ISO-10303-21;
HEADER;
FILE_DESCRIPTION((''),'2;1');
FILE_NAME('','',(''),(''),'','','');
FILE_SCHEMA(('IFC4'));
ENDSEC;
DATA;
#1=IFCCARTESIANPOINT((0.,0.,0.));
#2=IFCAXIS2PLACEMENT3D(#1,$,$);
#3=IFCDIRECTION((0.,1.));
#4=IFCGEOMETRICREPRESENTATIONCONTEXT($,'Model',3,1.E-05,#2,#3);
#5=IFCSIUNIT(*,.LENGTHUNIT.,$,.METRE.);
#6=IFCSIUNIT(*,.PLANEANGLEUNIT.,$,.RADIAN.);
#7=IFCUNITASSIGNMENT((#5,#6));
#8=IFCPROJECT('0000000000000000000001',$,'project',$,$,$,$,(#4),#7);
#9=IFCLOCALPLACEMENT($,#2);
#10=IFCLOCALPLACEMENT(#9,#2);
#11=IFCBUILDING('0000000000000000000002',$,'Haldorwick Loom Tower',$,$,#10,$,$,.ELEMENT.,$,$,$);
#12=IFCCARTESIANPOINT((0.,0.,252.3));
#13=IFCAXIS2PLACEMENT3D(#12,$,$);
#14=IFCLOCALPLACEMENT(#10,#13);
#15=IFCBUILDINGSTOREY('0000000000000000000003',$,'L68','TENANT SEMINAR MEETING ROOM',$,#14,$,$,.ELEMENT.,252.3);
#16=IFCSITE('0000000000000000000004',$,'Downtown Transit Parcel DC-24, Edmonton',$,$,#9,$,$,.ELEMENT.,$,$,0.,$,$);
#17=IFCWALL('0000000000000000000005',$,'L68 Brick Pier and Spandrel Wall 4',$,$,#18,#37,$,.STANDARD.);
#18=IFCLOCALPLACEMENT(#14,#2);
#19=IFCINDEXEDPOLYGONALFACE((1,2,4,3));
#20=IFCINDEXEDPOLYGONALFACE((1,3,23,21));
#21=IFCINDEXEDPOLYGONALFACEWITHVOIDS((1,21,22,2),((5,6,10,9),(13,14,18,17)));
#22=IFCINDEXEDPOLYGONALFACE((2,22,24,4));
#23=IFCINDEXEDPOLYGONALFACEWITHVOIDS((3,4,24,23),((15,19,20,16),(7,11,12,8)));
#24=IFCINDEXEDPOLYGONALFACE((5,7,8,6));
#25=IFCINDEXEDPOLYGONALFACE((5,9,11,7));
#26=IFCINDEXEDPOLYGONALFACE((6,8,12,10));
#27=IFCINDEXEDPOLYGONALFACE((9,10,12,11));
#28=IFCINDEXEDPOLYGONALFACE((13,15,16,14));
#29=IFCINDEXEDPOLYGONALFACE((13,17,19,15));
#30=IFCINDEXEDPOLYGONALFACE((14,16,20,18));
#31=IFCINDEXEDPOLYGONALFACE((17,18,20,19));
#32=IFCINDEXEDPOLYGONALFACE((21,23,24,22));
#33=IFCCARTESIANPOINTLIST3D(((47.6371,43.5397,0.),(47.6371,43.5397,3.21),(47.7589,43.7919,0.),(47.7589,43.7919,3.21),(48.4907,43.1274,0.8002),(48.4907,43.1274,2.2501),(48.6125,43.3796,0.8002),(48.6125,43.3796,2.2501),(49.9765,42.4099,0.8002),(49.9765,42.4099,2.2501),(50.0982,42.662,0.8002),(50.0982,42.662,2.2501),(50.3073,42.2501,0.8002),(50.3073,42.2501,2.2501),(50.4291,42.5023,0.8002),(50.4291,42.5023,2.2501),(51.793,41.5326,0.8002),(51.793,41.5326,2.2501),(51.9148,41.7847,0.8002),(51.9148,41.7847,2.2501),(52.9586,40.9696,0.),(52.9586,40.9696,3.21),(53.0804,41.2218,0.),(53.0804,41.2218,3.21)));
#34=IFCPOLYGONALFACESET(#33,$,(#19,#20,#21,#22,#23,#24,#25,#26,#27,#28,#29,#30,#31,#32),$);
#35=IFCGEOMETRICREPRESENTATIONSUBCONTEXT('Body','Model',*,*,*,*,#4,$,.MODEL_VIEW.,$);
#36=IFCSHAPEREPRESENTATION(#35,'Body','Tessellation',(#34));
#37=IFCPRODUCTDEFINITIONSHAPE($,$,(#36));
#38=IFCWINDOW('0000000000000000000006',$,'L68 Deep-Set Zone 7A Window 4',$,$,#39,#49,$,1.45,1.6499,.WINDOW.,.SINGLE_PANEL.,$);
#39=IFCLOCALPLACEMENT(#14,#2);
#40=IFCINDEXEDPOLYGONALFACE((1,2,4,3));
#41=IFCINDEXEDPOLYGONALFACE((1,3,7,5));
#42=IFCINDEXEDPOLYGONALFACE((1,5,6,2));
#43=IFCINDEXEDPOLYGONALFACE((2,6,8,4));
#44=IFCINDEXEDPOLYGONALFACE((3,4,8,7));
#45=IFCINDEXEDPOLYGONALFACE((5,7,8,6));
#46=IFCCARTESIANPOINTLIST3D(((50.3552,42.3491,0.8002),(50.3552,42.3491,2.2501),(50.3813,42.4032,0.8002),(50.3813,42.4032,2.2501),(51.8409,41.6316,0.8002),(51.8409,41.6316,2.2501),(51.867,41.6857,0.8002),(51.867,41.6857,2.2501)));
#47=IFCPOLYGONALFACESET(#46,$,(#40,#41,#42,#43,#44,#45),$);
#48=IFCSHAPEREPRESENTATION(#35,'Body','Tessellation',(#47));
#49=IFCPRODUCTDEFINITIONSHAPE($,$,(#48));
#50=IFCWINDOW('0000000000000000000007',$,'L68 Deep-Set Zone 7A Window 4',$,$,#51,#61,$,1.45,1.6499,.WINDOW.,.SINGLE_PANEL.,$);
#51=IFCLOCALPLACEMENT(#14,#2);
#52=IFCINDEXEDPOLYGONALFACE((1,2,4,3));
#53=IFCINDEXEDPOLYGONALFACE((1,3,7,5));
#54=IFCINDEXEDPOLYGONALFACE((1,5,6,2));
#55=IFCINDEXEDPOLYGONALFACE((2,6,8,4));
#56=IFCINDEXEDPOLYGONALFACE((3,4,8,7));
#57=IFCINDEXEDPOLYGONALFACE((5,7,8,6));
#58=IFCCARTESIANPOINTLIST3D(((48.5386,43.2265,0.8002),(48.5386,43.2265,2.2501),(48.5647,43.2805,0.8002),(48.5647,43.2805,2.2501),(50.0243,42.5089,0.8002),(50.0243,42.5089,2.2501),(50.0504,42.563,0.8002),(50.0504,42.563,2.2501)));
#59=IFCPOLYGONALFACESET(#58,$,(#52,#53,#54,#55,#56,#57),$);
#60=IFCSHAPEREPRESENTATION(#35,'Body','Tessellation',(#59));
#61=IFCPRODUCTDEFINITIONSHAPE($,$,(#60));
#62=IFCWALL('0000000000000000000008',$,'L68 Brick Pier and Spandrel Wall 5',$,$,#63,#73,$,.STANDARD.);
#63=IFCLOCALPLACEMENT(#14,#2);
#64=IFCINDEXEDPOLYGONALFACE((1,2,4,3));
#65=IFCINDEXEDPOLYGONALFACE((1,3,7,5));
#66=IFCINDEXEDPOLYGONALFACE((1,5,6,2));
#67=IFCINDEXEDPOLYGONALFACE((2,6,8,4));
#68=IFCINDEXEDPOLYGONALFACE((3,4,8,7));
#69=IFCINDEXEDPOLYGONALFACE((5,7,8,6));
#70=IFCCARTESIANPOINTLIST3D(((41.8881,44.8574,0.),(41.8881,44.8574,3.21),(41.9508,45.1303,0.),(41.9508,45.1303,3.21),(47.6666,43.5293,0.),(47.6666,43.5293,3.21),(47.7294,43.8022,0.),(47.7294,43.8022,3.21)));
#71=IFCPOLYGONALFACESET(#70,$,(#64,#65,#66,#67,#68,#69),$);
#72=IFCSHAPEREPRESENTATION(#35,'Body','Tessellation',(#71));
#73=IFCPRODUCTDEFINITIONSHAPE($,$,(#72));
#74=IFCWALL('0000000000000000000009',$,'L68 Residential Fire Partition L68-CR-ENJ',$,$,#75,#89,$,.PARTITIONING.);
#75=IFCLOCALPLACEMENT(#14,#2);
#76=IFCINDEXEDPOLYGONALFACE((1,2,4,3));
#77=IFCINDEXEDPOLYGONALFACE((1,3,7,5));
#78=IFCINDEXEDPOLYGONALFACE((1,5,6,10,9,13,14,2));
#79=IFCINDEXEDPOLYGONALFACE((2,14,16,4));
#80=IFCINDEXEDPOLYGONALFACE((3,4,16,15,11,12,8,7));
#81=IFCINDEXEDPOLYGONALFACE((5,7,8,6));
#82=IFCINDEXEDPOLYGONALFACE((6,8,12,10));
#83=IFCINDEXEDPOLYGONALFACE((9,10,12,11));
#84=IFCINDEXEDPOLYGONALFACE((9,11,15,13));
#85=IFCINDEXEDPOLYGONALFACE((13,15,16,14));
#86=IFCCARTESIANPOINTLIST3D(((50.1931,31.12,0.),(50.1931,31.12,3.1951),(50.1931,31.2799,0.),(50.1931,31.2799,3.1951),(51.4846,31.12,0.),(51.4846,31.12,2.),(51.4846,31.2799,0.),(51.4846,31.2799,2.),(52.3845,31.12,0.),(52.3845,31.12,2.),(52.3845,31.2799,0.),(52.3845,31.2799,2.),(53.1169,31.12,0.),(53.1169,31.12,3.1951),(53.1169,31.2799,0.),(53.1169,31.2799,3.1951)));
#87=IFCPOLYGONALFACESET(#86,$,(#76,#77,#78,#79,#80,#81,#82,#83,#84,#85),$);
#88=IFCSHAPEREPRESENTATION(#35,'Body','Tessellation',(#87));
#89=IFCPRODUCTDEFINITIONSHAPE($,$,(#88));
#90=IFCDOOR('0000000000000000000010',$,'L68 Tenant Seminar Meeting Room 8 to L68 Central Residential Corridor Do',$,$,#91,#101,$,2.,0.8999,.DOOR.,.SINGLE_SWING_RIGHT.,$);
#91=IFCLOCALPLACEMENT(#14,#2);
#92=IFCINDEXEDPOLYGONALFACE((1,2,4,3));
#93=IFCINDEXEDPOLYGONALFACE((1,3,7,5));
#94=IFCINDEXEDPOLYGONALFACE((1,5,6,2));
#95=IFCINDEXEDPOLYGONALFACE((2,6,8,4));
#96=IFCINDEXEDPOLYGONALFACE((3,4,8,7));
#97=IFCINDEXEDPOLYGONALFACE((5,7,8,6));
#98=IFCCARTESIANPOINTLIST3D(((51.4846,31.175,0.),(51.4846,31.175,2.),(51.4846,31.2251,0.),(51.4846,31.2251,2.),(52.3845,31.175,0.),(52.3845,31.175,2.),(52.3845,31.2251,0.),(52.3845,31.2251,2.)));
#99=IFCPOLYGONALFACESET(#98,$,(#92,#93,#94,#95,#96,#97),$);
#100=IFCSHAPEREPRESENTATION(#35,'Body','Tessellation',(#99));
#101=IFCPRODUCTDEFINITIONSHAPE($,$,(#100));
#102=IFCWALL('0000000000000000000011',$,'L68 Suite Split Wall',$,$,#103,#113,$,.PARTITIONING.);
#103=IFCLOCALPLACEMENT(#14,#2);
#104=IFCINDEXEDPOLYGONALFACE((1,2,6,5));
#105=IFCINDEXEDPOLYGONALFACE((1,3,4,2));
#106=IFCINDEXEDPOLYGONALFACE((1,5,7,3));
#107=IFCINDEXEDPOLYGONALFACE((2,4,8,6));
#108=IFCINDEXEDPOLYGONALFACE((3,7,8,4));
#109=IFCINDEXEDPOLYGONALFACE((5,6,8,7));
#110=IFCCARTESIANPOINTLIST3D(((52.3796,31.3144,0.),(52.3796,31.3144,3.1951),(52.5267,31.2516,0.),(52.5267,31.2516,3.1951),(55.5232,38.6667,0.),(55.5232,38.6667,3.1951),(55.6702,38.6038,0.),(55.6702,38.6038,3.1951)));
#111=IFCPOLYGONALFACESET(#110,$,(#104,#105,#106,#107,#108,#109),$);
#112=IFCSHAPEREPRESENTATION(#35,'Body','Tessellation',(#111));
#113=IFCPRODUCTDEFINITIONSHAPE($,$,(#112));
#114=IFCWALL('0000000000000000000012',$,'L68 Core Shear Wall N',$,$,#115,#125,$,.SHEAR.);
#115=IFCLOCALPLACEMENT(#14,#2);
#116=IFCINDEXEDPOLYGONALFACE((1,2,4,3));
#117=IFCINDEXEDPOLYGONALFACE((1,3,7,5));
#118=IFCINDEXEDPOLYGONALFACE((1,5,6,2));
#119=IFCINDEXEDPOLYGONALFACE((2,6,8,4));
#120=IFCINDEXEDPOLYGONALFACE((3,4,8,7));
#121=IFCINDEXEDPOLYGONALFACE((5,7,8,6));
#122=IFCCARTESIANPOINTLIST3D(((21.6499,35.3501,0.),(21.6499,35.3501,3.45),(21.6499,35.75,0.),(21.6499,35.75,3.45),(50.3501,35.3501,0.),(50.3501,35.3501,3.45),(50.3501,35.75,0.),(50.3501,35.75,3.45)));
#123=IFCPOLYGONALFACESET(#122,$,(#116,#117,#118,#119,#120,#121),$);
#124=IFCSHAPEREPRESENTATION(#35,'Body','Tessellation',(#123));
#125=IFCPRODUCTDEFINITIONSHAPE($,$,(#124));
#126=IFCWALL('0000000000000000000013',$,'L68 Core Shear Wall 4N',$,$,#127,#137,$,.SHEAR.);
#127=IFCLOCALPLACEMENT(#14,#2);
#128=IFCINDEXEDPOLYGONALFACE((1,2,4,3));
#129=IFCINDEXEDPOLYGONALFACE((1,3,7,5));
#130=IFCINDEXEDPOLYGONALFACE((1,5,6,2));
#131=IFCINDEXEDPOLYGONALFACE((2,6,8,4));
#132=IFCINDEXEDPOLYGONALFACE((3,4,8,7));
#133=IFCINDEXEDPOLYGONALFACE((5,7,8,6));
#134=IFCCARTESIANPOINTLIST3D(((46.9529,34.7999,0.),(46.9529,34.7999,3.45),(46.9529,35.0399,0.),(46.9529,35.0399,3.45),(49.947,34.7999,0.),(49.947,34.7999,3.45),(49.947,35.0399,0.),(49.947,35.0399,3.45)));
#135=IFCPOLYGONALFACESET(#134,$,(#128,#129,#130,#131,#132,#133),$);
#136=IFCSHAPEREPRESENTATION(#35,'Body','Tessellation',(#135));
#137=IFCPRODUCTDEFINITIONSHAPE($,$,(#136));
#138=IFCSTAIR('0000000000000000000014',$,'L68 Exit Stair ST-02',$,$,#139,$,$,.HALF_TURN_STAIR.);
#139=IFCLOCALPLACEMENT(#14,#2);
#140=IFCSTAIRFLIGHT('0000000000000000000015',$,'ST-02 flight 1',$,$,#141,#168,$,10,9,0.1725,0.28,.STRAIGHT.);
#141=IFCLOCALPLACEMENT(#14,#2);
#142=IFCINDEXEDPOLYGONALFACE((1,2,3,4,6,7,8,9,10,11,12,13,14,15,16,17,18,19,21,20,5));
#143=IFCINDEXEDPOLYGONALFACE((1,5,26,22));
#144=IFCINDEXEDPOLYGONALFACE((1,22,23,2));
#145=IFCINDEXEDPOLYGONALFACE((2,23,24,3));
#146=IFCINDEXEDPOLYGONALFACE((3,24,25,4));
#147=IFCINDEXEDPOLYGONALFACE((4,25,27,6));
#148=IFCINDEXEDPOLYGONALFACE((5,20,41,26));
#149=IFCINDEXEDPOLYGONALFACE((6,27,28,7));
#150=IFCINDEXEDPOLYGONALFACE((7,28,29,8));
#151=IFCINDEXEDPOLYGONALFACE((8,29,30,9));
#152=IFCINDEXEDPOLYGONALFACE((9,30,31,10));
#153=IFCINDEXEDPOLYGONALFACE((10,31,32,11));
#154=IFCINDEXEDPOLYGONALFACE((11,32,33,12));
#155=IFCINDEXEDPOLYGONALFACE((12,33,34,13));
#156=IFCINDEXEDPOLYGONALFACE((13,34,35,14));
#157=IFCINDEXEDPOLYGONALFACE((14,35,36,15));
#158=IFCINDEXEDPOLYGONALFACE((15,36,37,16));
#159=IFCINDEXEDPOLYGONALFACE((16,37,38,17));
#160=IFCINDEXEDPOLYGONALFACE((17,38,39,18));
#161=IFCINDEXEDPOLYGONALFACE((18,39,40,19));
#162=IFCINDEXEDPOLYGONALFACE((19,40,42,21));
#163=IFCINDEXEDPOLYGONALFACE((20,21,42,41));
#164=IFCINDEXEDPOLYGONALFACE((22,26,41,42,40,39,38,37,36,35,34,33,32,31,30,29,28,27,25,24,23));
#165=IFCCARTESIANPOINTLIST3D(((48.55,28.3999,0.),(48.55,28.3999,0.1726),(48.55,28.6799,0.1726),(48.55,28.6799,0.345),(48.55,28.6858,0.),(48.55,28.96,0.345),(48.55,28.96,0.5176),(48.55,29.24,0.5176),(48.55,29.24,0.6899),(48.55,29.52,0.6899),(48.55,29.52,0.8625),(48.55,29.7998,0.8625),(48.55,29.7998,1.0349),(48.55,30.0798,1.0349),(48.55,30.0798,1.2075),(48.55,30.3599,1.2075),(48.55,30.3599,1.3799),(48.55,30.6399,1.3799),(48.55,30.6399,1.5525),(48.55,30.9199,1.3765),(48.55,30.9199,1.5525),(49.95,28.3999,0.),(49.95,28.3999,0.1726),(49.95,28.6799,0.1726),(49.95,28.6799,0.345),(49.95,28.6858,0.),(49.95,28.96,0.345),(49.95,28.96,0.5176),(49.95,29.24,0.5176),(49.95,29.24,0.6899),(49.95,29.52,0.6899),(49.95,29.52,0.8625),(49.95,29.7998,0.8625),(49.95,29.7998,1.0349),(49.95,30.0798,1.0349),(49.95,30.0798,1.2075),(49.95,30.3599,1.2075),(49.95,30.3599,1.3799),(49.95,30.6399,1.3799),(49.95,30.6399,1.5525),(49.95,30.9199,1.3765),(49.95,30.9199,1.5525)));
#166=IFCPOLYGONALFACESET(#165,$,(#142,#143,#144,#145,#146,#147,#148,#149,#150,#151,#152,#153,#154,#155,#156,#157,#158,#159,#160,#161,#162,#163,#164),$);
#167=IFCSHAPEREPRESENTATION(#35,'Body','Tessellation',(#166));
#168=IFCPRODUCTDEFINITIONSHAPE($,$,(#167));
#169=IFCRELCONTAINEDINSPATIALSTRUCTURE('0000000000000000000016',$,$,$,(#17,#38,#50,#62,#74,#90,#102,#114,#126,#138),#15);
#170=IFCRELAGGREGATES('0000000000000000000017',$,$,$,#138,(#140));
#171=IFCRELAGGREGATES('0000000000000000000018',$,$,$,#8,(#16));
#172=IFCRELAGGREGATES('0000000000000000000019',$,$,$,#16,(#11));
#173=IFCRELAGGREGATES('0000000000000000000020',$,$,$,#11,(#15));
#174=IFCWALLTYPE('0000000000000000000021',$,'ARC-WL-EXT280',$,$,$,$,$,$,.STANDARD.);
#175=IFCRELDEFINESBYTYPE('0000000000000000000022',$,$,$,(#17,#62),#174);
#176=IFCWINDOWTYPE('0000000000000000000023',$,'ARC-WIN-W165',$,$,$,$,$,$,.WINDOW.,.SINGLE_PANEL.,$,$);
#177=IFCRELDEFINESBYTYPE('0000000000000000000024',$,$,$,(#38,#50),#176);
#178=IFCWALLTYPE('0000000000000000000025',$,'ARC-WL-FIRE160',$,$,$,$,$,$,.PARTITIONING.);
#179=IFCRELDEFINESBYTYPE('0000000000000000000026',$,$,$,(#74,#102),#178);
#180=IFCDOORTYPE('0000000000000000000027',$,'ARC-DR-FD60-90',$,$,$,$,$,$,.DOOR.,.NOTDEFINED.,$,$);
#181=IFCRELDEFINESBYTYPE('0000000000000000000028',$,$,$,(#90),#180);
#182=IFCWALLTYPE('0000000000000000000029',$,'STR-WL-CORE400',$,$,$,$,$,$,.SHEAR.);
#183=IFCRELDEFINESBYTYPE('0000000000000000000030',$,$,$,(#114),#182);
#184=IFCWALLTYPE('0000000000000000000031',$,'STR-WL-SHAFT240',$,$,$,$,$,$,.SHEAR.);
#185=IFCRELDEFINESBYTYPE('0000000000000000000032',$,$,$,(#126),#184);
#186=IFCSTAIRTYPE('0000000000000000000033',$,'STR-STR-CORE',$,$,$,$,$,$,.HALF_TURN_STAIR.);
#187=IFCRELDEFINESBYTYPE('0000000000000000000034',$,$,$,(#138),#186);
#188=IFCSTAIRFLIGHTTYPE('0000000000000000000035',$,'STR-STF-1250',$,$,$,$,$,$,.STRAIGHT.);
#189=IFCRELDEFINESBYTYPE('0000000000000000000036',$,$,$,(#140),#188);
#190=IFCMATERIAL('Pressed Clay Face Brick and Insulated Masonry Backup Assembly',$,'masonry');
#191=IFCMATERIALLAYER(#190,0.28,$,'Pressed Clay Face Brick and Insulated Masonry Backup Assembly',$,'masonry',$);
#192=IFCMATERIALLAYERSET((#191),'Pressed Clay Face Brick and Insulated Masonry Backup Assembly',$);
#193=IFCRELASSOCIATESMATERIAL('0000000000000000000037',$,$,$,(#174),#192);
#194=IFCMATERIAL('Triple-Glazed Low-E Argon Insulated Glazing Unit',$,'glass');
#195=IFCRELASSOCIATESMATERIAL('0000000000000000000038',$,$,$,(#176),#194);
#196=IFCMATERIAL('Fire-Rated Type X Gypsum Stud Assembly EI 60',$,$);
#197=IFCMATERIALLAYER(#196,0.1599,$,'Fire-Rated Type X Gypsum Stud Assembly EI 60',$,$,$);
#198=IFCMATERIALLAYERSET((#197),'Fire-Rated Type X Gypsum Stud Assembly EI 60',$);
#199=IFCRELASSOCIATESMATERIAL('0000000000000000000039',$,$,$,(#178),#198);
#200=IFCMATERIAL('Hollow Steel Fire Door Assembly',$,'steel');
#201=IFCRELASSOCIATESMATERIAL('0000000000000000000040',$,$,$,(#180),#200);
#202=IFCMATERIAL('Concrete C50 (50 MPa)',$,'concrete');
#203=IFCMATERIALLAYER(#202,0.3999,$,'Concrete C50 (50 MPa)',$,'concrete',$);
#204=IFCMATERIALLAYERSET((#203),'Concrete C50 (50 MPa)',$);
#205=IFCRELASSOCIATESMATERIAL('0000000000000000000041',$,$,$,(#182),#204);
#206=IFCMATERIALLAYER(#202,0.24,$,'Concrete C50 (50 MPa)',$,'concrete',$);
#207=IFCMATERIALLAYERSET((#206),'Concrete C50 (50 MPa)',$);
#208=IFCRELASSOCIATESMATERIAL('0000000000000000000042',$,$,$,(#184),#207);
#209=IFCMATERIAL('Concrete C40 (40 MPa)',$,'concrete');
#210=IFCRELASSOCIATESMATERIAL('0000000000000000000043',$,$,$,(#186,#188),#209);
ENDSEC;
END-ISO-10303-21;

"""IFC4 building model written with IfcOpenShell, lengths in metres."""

from ifc_helpers import new_model, si_unit, direction, frame, frame_2d, origin, place, context, subcontext, project, spatial, polyline, rectangle, outline, extrude, material, layer, layer_set, type_object, element, fill, aggregate, save


model = new_model("IFC4")

# Units and contexts
model_context = context("Model", 3, precision=1e-05, world=origin(), true_north=direction((0.0, 1.0)))
body_context = subcontext(model_context, "Body", "Model", "MODEL_VIEW")
ifc_project = project(units=[si_unit("LENGTHUNIT", "METRE"), si_unit("PLANEANGLEUNIT", "RADIAN")], contexts=[model_context])

# Site, building, storey
site_placement = place(None, origin())
site = spatial("IfcSite", under=ifc_project, at=site_placement, Name="Downtown Transit Parcel DC-24, Edmonton", CompositionType="ELEMENT", RefElevation=0.0)
building_placement = place(site_placement, origin())
building = spatial("IfcBuilding", under=site, at=building_placement, Name="Haldorwick Loom Tower", CompositionType="ELEMENT")
storey_placement = place(building_placement, frame((0.0, 0.0, 252.3)))
storey = spatial("IfcBuildingStorey", under=building, at=storey_placement, Name="L68", Description="TENANT SEMINAR MEETING ROOM", CompositionType="ELEMENT", Elevation=252.3)

# Shared definitions
ifc_material_1 = material(Name="Pressed Clay Face Brick and Insulated Masonry Backup Assembly", Category="masonry")
ifc_layer_1 = layer(ifc_material_1, 0.28, Name="Pressed Clay Face Brick and Insulated Masonry Backup Assembly", Category="masonry")
ifc_layer_set_1 = layer_set([ifc_layer_1], Name="Pressed Clay Face Brick and Insulated Masonry Backup Assembly")
wall_type_1 = type_object("IfcWallType", Name="ARC-WL-EXT280", PredefinedType="STANDARD", material=ifc_layer_set_1)

# Wall, openings, windows
wall_1_placement = place(storey_placement, frame((53.0195, 41.0957, 0.0), z_axis=(0.0, 0.0, 1.0), x_axis=(-0.900482, 0.434893, 0.0)))
wall_1 = element("IfcWall", 1, at=wall_1_placement, inside=storey, type_object=wall_type_1, Name="L68 Brick Pier and Spandrel Wall 4", PredefinedType="STANDARD", context=body_context, shape_type="SweptSolid", body=[
    extrude(rectangle(XDim=5.9097, YDim=0.28, at=frame_2d((2.9548, 0.0))), origin(), (0.0, 0.0, 1.0), 3.21),
])
opening_1_placement = place(wall_1_placement, frame((1.2944, 0.0, 0.8)))
opening_1 = element("IfcOpeningElement", 2, at=opening_1_placement, cuts=wall_1, PredefinedType="OPENING", context=body_context, shape_type="SweptSolid", body=[
    extrude(rectangle(XDim=1.6499, YDim=1.45, at=frame_2d((0.825, 0.7251))), frame((0.0, 0.1499, 0.0), z_axis=(0.0, -1.0, 0.0), x_axis=(1.0, 0.0, 0.0)), (0.0, 0.0, 1.0), 0.3),
])
opening_2_placement = place(wall_1_placement, frame((3.3118, 0.0, 0.8)))
opening_2 = element("IfcOpeningElement", 3, at=opening_2_placement, cuts=wall_1, PredefinedType="OPENING", context=body_context, shape_type="SweptSolid", body=[
    extrude(rectangle(XDim=1.6499, YDim=1.45, at=frame_2d((0.825, 0.7251))), frame((0.0, 0.1499, 0.0), z_axis=(0.0, -1.0, 0.0), x_axis=(1.0, 0.0, 0.0)), (0.0, 0.0, 1.0), 0.3),
])
ifc_material_2 = material(Name="Triple-Glazed Low-E Argon Insulated Glazing Unit", Category="glass")
window_type = type_object("IfcWindowType", Name="ARC-WIN-W165", PartitioningType="SINGLE_PANEL", PredefinedType="WINDOW", material=ifc_material_2)
window_1_placement = place(opening_1_placement, origin())
window_1 = element("IfcWindow", 4, at=window_1_placement, inside=storey, type_object=window_type, Name="L68 Deep-Set Zone 7A Window 4", OverallHeight=1.45, OverallWidth=1.6499, PartitioningType="SINGLE_PANEL", PredefinedType="WINDOW", context=body_context, shape_type="SweptSolid", body=[
    extrude(rectangle(XDim=1.6499, YDim=1.45, at=frame_2d((0.825, 0.7251))), frame((0.0, 0.03, 0.0), z_axis=(0.0, -1.0, 0.0), x_axis=(1.0, 0.0, 0.0)), (0.0, 0.0, 1.0), 0.0601),
])
fill(opening_1, window_1)
window_2_placement = place(opening_2_placement, origin())
window_2 = element("IfcWindow", 5, at=window_2_placement, inside=storey, type_object=window_type, Name="L68 Deep-Set Zone 7A Window 4", OverallHeight=1.45, OverallWidth=1.6499, PartitioningType="SINGLE_PANEL", PredefinedType="WINDOW", context=body_context, shape_type="SweptSolid", body=[
    extrude(rectangle(XDim=1.6499, YDim=1.45, at=frame_2d((0.825, 0.7251))), frame((0.0, 0.03, 0.0), z_axis=(0.0, -1.0, 0.0), x_axis=(1.0, 0.0, 0.0)), (0.0, 0.0, 1.0), 0.0601),
])
fill(opening_2, window_2)

# Wall
wall_2_placement = place(storey_placement, frame((47.698, 43.6658, 0.0), z_axis=(0.0, 0.0, 1.0), x_axis=(-0.97459, 0.223996, 0.0)))
element("IfcWall", 6, at=wall_2_placement, inside=storey, type_object=wall_type_1, Name="L68 Brick Pier and Spandrel Wall 5", PredefinedType="STANDARD", context=body_context, shape_type="SweptSolid", body=[
    extrude(rectangle(XDim=5.9292, YDim=0.28, at=frame_2d((2.9646, 0.0))), origin(), (0.0, 0.0, 1.0), 3.21),
])

# Wall, opening, door
ifc_material_3 = material(Name="Fire-Rated Type X Gypsum Stud Assembly EI 60")
ifc_layer_2 = layer(ifc_material_3, 0.1599, Name="Fire-Rated Type X Gypsum Stud Assembly EI 60")
ifc_layer_set_2 = layer_set([ifc_layer_2], Name="Fire-Rated Type X Gypsum Stud Assembly EI 60")
wall_type_2 = type_object("IfcWallType", Name="ARC-WL-FIRE160", PredefinedType="PARTITIONING", material=ifc_layer_set_2)
wall_3_placement = place(storey_placement, frame((50.1931, 31.2, 0.0), z_axis=(0.0, 0.0, 1.0), x_axis=(1.0, 0.0, 0.0)))
wall_3 = element("IfcWall", 7, at=wall_3_placement, inside=storey, type_object=wall_type_2, Name="L68 Residential Fire Partition L68-CR-ENJ", PredefinedType="PARTITIONING", context=body_context, shape_type="SweptSolid", body=[
    extrude(rectangle(XDim=2.9238, YDim=0.1599, at=frame_2d((1.4619, 0.0))), origin(), (0.0, 0.0, 1.0), 3.1951),
])
opening_3_placement = place(wall_3_placement, frame((1.2915, 0.0, 0.0)))
opening_3 = element("IfcOpeningElement", 8, at=opening_3_placement, cuts=wall_3, PredefinedType="OPENING", context=body_context, shape_type="SweptSolid", body=[
    extrude(rectangle(XDim=0.8999, YDim=2.0, at=frame_2d((0.45, 1.0))), frame((0.0, 0.0898, 0.0), z_axis=(0.0, -1.0, 0.0), x_axis=(1.0, 0.0, 0.0)), (0.0, 0.0, 1.0), 0.1799),
])
ifc_material_4 = material(Name="Hollow Steel Fire Door Assembly", Category="steel")
door_type = type_object("IfcDoorType", Name="ARC-DR-FD60-90", OperationType="NOTDEFINED", PredefinedType="DOOR", material=ifc_material_4)
door_placement = place(opening_3_placement, frame((0.8999, 0.0, 0.0), z_axis=(0.0, 0.0, 1.0), x_axis=(-1.0, 0.0, 0.0)))
door = element("IfcDoor", 9, at=door_placement, inside=storey, type_object=door_type, Name="L68 Tenant Seminar Meeting Room 8 to L68 Central Residential Corridor Do", OperationType="SINGLE_SWING_RIGHT", OverallHeight=2.0, OverallWidth=0.8999, PredefinedType="DOOR", context=body_context, shape_type="SweptSolid", body=[
    extrude(rectangle(XDim=0.8999, YDim=2.0, at=frame_2d((0.45, 1.0))), frame((0.0, 0.0249, 0.0), z_axis=(0.0, -1.0, 0.0), x_axis=(1.0, 0.0, 0.0)), (0.0, 0.0, 1.0), 0.05),
])
fill(opening_3, door)

# Walls
wall_4_placement = place(storey_placement, frame((55.5967, 38.6353, 0.0), z_axis=(0.0, 0.0, 1.0), x_axis=(-0.393134, -0.919481, 0.0)))
element("IfcWall", 10, at=wall_4_placement, inside=storey, type_object=wall_type_2, Name="L68 Suite Split Wall", PredefinedType="PARTITIONING", context=body_context, shape_type="SweptSolid", body=[
    extrude(rectangle(XDim=7.9961, YDim=0.1599, at=frame_2d((3.998, 0.0))), origin(), (0.0, 0.0, 1.0), 3.1951),
])
ifc_material_5 = material(Name="Concrete C50 (50 MPa)", Category="concrete")
ifc_layer_3 = layer(ifc_material_5, 0.3999, Name="Concrete C50 (50 MPa)", Category="concrete")
ifc_layer_set_3 = layer_set([ifc_layer_3], Name="Concrete C50 (50 MPa)")
wall_type_3 = type_object("IfcWallType", Name="STR-WL-CORE400", PredefinedType="SHEAR", material=ifc_layer_set_3)
wall_5_placement = place(storey_placement, frame((50.3501, 35.55, 0.0), z_axis=(0.0, 0.0, 1.0), x_axis=(-1.0, 0.0, 0.0)))
element("IfcWall", 11, at=wall_5_placement, inside=storey, type_object=wall_type_3, Name="L68 Core Shear Wall N", PredefinedType="SHEAR", context=body_context, shape_type="SweptSolid", body=[
    extrude(rectangle(XDim=28.7002, YDim=0.3999, at=frame_2d((14.3501, 0.0))), origin(), (0.0, 0.0, 1.0), 3.45),
])
ifc_layer_4 = layer(ifc_material_5, 0.24, Name="Concrete C50 (50 MPa)", Category="concrete")
ifc_layer_set_4 = layer_set([ifc_layer_4], Name="Concrete C50 (50 MPa)")
wall_type_4 = type_object("IfcWallType", Name="STR-WL-SHAFT240", PredefinedType="SHEAR", material=ifc_layer_set_4)
wall_6_placement = place(storey_placement, frame((46.9529, 34.9199, 0.0), z_axis=(0.0, 0.0, 1.0), x_axis=(1.0, 0.0, 0.0)))
element("IfcWall", 12, at=wall_6_placement, inside=storey, type_object=wall_type_4, Name="L68 Core Shear Wall 4N", PredefinedType="SHEAR", context=body_context, shape_type="SweptSolid", body=[
    extrude(rectangle(XDim=2.9941, YDim=0.24, at=frame_2d((1.4971, 0.0))), origin(), (0.0, 0.0, 1.0), 3.45),
])

# Stair, stair flight
ifc_material_6 = material(Name="Concrete C40 (40 MPa)", Category="concrete")
stair_type = type_object("IfcStairType", Name="STR-STR-CORE", PredefinedType="HALF_TURN_STAIR", material=ifc_material_6)
stair_placement = place(storey_placement, origin())
stair = element("IfcStair", 13, at=stair_placement, inside=storey, type_object=stair_type, Name="L68 Exit Stair ST-02", PredefinedType="HALF_TURN_STAIR")
stair_flight_type = type_object("IfcStairFlightType", Name="STR-STF-1250", PredefinedType="STRAIGHT", material=ifc_material_6)
stair_flight_1_placement = place(storey_placement, frame((49.25, 28.3999, 0.0), z_axis=(0.0, 0.0, 1.0), x_axis=(0.0, 1.0, 0.0)))
stair_flight_1 = element("IfcStairFlight", 14, at=stair_flight_1_placement, type_object=stair_flight_type, Name="ST-02 flight 1", NumberOfRisers=10, NumberOfTreads=9, PredefinedType="STRAIGHT", RiserHeight=0.1725, TreadLength=0.28, context=body_context, shape_type="SweptSolid", body=[
    extrude(outline(polyline([(0.0, 0.0), (0.0, 0.1726), (0.28, 0.1726), (0.28, 0.345), (0.5601, 0.345), (0.5601, 0.5176), (0.8401, 0.5176), (0.8401, 0.6899), (1.1201, 0.6899), (1.1201, 0.8625), (1.3999, 0.8625), (1.3999, 1.0349), (1.6799, 1.0349), (1.6799, 1.2075), (1.96, 1.2075), (1.96, 1.3799), (2.24, 1.3799), (2.24, 1.5525), (2.52, 1.5525), (2.52, 1.7251), (2.52, 1.3765), (0.2859, 0.0), (0.0, 0.0)])), frame((0.0, 0.7, 0.0), z_axis=(0.0, -1.0, 0.0), x_axis=(1.0, 0.0, 0.0)), (0.0, 0.0, 1.0), 1.3999),
])
aggregate(stair, [stair_flight_1])

save(model, "model.ifc")
